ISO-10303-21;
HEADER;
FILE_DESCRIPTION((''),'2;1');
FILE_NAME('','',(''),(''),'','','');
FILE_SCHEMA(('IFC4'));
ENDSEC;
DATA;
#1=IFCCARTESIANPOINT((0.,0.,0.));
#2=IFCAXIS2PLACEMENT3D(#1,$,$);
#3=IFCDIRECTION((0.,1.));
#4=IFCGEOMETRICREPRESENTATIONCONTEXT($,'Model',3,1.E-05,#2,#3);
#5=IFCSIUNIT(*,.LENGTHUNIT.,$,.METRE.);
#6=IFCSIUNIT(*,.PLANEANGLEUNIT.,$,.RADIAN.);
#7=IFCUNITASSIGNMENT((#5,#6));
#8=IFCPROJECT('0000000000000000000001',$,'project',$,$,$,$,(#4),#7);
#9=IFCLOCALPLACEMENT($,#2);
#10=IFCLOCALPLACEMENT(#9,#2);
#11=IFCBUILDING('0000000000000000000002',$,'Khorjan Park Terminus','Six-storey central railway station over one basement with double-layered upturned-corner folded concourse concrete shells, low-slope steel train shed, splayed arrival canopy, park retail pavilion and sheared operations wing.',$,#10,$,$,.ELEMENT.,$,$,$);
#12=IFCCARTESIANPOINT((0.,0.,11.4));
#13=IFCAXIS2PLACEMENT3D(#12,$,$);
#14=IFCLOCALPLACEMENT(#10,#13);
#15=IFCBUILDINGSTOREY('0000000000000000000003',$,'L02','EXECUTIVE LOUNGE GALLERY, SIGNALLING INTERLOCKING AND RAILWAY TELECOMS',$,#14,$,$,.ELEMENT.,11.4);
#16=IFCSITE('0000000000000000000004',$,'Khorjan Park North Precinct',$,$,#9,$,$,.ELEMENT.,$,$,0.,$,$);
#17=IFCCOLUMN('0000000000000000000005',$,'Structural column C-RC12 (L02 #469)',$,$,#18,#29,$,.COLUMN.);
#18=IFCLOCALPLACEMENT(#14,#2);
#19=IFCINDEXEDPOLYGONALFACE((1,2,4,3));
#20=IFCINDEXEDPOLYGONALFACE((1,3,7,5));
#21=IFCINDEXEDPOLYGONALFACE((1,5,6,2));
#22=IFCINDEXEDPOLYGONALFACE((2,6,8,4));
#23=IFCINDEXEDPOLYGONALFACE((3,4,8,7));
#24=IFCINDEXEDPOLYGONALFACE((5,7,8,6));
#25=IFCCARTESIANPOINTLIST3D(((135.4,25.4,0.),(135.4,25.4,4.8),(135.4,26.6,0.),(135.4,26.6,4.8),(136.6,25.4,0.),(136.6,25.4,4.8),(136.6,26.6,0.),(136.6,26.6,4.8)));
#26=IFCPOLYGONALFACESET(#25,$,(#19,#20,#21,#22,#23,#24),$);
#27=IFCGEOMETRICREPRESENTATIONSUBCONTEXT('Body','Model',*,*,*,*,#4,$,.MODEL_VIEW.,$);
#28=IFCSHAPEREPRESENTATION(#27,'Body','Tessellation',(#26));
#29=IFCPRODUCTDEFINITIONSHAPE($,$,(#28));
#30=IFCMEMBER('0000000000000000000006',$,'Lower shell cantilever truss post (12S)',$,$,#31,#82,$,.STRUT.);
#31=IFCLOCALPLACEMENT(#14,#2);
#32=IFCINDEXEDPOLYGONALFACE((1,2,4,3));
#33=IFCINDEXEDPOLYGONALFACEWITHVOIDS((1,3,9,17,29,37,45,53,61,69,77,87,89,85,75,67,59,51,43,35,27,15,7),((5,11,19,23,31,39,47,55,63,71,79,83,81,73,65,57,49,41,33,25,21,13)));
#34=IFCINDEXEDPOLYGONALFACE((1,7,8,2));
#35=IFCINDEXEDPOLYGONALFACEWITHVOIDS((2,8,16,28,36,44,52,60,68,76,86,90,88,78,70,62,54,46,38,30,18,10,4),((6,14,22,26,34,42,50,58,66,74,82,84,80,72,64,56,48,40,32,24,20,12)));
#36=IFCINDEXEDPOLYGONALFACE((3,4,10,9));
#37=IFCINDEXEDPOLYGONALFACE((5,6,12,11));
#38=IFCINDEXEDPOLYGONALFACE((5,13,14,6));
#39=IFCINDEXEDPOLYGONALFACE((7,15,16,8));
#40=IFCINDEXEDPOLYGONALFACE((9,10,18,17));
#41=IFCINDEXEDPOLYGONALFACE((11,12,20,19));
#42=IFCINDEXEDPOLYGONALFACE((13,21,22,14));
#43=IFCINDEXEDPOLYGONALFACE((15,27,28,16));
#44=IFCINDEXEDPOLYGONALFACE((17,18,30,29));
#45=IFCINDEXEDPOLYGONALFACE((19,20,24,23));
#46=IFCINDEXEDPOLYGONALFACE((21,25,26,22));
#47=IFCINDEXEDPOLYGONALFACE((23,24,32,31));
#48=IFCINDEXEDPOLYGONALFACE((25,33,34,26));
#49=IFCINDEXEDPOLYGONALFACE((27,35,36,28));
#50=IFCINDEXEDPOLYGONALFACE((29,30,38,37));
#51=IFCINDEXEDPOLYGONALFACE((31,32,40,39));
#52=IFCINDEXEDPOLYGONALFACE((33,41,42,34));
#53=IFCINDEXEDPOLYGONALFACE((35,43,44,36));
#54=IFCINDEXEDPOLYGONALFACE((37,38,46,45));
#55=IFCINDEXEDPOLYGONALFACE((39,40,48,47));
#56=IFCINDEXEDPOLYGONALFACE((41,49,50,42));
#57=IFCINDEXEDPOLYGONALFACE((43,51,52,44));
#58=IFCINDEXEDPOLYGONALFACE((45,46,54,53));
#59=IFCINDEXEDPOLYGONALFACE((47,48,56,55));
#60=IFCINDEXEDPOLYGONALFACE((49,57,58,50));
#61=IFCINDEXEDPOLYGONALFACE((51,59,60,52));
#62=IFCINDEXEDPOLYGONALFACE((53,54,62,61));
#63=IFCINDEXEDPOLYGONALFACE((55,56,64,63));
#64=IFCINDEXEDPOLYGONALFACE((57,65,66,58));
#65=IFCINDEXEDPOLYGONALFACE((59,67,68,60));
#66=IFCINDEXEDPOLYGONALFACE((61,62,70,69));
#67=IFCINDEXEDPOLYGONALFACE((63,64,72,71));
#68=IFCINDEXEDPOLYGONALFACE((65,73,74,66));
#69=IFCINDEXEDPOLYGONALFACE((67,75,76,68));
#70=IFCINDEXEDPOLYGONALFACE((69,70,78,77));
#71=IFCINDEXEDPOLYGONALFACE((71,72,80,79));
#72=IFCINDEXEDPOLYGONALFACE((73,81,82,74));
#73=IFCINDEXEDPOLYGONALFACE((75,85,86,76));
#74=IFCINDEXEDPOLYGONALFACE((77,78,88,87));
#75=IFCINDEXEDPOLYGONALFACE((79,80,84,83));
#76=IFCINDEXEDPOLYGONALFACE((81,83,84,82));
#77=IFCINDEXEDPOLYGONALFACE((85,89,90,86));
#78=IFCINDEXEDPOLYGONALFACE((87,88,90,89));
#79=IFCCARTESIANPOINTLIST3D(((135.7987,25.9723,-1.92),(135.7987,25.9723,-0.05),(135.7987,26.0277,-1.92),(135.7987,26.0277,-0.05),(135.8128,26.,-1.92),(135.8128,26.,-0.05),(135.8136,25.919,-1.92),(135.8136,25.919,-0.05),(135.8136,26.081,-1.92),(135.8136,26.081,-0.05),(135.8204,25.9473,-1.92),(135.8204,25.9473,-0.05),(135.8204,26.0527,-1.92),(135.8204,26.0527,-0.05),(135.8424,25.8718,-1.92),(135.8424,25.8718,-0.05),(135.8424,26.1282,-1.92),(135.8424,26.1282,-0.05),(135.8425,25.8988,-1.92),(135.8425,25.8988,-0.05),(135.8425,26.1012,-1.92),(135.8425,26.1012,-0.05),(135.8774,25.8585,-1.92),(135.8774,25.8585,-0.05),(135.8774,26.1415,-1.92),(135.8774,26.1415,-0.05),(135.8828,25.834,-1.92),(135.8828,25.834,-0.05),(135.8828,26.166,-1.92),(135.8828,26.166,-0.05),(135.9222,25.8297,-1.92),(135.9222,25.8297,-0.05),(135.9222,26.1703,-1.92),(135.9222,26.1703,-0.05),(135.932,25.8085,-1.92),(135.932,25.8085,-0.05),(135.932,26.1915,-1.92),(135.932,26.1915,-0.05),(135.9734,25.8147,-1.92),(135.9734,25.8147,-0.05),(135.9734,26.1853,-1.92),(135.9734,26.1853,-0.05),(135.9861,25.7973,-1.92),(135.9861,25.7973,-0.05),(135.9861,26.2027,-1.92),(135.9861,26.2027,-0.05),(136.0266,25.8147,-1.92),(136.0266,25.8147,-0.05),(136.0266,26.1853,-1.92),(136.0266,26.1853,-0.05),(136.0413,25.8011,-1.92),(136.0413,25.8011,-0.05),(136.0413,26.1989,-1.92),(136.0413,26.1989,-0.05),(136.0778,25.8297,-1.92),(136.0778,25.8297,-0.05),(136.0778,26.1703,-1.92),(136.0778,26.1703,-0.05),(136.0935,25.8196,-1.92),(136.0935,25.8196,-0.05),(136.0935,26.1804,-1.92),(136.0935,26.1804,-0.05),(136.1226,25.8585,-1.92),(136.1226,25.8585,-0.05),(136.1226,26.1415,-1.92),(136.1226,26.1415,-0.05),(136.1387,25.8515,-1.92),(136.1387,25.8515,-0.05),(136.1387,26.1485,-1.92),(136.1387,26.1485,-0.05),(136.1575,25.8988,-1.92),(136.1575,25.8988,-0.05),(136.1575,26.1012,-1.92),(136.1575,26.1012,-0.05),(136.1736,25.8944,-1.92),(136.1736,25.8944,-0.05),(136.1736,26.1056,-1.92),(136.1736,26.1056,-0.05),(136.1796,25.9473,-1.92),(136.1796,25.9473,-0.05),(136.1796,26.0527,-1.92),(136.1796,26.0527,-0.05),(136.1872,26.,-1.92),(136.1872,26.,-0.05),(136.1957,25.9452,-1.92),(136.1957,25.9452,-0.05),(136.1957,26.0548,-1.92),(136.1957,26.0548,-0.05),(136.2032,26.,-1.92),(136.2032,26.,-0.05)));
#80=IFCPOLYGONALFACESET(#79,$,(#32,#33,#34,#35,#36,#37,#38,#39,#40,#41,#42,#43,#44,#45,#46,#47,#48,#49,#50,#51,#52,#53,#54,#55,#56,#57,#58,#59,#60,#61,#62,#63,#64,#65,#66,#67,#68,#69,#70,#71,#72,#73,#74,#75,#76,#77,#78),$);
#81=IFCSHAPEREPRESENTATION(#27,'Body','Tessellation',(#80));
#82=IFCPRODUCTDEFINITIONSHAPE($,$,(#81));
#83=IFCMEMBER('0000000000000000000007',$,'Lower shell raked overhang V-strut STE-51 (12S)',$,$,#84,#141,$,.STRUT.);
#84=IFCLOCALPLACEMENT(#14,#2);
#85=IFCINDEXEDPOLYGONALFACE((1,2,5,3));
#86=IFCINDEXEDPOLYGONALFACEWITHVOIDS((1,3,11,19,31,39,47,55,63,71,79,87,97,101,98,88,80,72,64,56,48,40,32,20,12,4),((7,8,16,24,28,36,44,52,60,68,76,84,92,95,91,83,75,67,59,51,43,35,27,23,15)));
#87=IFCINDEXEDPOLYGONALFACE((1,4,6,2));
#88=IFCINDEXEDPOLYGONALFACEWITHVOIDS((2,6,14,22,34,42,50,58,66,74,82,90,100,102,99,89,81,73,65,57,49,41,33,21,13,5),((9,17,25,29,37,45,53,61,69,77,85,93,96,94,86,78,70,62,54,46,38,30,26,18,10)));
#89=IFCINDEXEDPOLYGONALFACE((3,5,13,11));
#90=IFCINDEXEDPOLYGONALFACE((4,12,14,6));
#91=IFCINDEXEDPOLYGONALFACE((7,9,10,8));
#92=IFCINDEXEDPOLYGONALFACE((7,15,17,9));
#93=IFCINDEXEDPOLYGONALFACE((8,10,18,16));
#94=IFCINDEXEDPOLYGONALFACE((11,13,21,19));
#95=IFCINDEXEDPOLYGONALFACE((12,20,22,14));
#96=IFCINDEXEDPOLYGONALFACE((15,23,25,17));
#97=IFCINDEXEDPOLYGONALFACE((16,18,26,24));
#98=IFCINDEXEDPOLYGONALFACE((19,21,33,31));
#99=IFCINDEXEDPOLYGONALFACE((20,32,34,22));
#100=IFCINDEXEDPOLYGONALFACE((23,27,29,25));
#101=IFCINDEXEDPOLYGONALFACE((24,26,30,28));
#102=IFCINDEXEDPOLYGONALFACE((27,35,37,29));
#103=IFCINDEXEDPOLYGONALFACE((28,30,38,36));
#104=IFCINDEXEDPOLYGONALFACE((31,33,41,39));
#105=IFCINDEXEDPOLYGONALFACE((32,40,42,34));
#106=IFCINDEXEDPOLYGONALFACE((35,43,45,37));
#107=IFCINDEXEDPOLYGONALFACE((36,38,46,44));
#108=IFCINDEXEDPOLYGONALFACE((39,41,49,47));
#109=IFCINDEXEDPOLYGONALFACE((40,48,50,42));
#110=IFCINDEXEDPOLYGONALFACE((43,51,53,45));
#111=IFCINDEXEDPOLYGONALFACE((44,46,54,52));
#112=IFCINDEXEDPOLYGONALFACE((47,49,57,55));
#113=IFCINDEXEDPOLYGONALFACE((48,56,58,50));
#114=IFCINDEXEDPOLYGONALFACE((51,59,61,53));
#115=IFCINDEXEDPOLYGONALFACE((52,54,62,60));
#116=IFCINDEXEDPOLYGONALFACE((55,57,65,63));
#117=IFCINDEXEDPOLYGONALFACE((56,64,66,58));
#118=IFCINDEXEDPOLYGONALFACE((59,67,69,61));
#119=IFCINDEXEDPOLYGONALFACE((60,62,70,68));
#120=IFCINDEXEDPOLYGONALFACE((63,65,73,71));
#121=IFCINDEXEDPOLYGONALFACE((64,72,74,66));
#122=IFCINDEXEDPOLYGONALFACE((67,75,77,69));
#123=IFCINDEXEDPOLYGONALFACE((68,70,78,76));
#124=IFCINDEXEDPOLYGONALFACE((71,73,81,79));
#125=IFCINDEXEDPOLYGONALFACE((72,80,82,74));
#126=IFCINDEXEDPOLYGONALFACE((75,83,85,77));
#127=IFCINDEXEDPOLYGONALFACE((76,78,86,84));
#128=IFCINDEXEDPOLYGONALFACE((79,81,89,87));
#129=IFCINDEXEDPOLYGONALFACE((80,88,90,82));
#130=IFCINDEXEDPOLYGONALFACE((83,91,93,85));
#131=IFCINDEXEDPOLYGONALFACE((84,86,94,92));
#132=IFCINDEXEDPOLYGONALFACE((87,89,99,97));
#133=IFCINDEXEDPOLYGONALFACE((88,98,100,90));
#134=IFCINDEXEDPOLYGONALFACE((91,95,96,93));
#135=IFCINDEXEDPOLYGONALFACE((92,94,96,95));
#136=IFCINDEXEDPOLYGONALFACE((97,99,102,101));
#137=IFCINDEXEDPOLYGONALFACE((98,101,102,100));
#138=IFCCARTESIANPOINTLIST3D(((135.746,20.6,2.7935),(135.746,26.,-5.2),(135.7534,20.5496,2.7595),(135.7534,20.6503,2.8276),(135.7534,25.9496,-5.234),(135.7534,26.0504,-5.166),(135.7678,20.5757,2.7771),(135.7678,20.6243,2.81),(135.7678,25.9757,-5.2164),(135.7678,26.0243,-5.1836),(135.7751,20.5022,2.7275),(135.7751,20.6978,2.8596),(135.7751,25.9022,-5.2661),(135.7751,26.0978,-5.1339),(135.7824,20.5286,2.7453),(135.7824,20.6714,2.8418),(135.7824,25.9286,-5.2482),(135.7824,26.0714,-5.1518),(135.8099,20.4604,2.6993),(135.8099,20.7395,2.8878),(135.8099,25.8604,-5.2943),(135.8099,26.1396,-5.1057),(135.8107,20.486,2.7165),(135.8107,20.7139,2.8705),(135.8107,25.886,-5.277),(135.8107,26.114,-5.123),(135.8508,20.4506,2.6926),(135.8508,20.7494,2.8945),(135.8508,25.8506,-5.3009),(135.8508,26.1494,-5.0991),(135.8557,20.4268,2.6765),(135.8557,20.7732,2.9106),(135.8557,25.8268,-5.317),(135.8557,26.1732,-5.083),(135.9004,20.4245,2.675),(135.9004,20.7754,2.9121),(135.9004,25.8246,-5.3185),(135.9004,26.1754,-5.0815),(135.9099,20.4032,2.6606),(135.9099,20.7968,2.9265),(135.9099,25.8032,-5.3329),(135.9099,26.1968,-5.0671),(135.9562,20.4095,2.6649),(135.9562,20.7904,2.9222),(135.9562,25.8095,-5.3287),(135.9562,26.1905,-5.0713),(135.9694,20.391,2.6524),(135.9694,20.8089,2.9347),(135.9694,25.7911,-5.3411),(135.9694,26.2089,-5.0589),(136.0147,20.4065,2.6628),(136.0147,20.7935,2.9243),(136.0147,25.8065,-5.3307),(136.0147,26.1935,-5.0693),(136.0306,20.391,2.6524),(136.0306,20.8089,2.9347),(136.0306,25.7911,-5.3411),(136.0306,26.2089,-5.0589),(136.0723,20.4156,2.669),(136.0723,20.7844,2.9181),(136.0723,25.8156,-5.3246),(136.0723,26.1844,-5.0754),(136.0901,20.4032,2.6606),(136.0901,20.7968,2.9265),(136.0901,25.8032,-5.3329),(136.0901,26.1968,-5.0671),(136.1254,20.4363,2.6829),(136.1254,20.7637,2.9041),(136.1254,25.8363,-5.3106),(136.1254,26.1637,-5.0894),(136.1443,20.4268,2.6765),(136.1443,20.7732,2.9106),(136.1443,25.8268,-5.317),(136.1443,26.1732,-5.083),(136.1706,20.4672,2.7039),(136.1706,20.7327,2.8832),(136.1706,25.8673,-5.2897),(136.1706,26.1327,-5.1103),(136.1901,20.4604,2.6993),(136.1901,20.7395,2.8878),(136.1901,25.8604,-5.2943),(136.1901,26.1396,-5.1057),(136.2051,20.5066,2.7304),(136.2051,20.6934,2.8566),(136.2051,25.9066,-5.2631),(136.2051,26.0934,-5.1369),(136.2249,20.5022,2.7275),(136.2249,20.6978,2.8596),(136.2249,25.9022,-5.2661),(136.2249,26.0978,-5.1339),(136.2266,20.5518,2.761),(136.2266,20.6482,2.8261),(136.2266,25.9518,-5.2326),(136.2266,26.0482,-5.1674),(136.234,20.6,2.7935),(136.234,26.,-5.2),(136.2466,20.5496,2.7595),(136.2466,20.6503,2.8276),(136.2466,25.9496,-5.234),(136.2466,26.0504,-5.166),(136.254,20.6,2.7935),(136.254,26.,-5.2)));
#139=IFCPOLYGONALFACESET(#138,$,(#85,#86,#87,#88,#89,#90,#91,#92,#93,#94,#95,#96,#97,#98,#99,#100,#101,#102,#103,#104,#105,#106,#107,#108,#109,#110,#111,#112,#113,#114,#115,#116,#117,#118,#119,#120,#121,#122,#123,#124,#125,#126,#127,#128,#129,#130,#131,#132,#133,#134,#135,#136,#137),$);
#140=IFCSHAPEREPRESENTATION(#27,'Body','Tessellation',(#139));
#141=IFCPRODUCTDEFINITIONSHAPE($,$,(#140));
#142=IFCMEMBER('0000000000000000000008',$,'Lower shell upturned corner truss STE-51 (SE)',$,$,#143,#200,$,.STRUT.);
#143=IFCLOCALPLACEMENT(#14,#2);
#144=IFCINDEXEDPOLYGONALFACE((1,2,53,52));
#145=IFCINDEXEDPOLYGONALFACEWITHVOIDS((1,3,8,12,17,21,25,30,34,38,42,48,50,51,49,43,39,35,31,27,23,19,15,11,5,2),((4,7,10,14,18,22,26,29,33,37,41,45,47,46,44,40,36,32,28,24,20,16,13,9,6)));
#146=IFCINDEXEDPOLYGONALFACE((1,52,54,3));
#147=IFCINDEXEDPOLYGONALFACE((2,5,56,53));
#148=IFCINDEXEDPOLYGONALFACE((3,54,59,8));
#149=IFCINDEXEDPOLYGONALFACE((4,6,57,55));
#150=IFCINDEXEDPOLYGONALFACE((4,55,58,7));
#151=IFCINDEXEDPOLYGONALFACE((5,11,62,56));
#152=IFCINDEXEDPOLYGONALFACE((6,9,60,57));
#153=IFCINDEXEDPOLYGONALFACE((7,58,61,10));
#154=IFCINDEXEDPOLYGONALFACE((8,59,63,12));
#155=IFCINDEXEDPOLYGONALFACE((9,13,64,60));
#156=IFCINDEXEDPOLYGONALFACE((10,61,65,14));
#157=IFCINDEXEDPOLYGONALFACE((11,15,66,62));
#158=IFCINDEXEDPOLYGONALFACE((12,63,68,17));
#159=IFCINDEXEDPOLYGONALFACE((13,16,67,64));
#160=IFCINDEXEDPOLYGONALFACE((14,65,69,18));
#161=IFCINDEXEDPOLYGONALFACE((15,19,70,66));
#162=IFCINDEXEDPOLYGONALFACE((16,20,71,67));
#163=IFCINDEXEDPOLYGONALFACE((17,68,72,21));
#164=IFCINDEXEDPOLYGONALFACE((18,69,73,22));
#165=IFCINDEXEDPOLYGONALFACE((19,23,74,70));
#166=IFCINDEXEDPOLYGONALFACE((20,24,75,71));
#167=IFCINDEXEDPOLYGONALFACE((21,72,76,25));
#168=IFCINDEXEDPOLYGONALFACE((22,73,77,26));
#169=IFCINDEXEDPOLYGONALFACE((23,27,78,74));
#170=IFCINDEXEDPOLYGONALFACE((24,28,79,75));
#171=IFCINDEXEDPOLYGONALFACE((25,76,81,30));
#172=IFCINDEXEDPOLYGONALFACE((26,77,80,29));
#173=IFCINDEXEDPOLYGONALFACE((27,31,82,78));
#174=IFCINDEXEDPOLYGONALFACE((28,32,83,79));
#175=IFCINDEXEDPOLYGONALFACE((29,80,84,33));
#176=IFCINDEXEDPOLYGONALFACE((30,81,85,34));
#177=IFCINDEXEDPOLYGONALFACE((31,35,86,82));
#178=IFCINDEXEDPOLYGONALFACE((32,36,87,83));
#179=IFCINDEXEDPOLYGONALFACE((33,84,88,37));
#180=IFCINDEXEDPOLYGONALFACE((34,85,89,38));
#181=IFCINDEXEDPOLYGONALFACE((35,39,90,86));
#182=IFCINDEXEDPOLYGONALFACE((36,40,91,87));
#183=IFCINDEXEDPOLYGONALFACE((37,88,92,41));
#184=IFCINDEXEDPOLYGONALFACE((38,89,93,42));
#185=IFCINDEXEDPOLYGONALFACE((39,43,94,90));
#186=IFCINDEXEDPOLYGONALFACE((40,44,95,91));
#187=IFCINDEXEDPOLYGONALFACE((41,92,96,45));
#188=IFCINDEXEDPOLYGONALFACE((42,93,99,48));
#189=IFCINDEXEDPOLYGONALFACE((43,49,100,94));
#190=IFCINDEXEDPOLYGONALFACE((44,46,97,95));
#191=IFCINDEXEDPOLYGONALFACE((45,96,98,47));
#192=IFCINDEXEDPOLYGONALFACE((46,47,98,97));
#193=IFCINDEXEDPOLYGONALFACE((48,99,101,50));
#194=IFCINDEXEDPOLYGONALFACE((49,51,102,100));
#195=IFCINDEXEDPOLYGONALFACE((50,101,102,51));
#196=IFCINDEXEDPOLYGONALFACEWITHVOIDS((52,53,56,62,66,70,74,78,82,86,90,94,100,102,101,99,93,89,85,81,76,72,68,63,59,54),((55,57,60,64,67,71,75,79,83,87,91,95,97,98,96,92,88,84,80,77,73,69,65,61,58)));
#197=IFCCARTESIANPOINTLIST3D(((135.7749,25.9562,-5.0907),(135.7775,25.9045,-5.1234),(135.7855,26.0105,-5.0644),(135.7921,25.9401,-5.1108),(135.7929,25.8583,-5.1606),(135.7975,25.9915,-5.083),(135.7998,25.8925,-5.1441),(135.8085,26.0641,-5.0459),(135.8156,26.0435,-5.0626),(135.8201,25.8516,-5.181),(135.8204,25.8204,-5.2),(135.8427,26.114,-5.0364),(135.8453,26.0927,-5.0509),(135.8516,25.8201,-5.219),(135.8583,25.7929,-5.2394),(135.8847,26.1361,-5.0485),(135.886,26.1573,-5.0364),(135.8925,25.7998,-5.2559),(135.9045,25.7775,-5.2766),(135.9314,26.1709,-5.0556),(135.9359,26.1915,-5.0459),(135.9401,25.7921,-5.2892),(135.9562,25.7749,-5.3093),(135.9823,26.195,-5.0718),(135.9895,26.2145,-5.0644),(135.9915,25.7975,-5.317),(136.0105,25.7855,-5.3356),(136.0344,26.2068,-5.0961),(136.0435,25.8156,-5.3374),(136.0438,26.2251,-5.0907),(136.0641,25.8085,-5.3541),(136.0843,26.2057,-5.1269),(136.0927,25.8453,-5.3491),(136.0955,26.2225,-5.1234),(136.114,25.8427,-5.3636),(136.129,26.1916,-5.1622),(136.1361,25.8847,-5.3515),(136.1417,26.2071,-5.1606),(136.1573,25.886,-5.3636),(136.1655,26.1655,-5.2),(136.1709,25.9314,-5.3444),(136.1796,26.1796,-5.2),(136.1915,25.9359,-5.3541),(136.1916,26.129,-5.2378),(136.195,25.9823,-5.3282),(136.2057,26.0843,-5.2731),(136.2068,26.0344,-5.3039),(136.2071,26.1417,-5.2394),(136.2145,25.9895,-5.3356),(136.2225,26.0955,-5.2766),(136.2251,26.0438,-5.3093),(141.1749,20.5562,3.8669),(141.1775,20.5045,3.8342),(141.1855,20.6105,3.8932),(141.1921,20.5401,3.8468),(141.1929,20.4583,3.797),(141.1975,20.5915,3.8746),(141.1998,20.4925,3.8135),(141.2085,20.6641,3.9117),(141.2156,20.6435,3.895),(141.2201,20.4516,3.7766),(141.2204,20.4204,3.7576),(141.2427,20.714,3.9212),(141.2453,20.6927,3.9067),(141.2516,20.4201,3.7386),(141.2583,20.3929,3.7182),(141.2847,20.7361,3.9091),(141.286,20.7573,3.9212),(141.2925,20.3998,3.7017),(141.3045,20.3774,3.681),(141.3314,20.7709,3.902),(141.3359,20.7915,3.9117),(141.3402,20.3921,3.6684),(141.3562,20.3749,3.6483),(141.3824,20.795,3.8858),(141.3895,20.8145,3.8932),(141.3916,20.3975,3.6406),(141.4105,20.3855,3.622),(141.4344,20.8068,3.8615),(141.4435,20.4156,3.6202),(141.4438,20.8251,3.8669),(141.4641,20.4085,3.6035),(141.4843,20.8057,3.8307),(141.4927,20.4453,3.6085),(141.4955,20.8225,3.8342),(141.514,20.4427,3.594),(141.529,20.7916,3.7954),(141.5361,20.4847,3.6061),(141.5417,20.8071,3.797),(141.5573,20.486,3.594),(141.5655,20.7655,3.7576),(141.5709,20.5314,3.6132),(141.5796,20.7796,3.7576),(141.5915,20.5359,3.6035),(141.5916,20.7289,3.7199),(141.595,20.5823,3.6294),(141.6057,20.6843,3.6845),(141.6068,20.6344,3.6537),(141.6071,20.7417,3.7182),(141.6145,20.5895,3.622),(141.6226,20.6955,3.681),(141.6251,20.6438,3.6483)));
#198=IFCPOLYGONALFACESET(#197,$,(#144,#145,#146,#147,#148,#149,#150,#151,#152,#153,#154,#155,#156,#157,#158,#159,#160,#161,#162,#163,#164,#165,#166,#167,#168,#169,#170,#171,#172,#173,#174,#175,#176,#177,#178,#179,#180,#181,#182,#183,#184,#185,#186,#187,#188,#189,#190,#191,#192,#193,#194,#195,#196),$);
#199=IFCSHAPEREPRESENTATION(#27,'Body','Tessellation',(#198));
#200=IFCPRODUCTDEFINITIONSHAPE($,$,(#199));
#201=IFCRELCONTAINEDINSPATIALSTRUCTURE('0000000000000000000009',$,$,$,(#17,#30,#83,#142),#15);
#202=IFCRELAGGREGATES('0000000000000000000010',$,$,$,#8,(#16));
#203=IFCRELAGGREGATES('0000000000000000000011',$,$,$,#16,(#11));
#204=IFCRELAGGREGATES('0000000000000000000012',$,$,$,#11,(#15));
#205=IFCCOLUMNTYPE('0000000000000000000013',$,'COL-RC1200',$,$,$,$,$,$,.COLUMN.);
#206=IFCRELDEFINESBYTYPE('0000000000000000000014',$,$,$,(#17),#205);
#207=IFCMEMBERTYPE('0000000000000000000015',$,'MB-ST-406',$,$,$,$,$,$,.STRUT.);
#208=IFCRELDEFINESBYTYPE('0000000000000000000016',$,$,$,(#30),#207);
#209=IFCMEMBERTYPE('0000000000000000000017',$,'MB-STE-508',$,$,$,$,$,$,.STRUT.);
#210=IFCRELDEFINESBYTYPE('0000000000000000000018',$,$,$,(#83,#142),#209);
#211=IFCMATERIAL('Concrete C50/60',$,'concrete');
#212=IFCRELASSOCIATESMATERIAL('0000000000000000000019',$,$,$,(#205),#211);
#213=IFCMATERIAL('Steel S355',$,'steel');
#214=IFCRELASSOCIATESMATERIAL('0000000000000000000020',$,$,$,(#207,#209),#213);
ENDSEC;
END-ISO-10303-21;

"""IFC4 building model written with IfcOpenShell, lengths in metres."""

from ifc_helpers import new_model, si_unit, direction, frame, origin, origin_2d, place, context, subcontext, project, spatial, rectangle, hollow_circle, extrude, material, material_profile, profile_set, type_object, element, save


model = new_model("IFC4")

# Units and contexts
model_context = context("Model", 3, precision=1e-05, world=origin(), true_north=direction((0.0, 1.0)))
body_context = subcontext(model_context, "Body", "Model", "MODEL_VIEW")
ifc_project = project(units=[si_unit("LENGTHUNIT", "METRE"), si_unit("PLANEANGLEUNIT", "RADIAN")], contexts=[model_context])

# Site, building, storey
site_placement = place(None, origin())
site = spatial("IfcSite", under=ifc_project, at=site_placement, Name="Khorjan Park North Precinct", CompositionType="ELEMENT", RefElevation=0.0)
building_placement = place(site_placement, origin())
building = spatial("IfcBuilding", under=site, at=building_placement, Name="Khorjan Park Terminus", Description="Six-storey central railway station over one basement with double-layered upturned-corner folded concourse concrete shells, low-slope steel train shed, splayed arrival canopy, park retail pavilion and sheared operations wing.", CompositionType="ELEMENT")
storey_placement = place(building_placement, frame((0.0, 0.0, 11.4)))
storey = spatial("IfcBuildingStorey", under=building, at=storey_placement, Name="L02", Description="EXECUTIVE LOUNGE GALLERY, SIGNALLING INTERLOCKING AND RAILWAY TELECOMS", CompositionType="ELEMENT", Elevation=11.4)

# Column
ifc_material_1 = material(Name="Concrete C50/60", Category="concrete")
ifc_material_profile_1 = material_profile(ifc_material_1, rectangle(XDim=1.2, YDim=1.2, at=origin_2d()), Name="RC 1200x1200")
ifc_profile_set_1 = profile_set([ifc_material_profile_1], Name="Concrete C50/60")
column_type = type_object("IfcColumnType", Name="COL-RC1200", PredefinedType="COLUMN", material=ifc_profile_set_1)
column_placement = place(storey_placement, frame((136.0, 26.0, 0.0), z_axis=(0.0, 0.0, 1.0), x_axis=(1.0, 0.0, 0.0)))
element("IfcColumn", 1, at=column_placement, inside=storey, type_object=column_type, Name="Structural column C-RC12 (L02 #469)", PredefinedType="COLUMN", context=body_context, shape_type="SweptSolid", body=[
    extrude(rectangle(XDim=1.2, YDim=1.2, at=origin_2d()), origin(), (0.0, 0.0, 1.0), 4.8),
])

# Members
ifc_material_2 = material(Name="Steel S355", Category="steel")
ifc_material_profile_2 = material_profile(ifc_material_2, hollow_circle(Radius=0.2032, WallThickness=0.016, at=origin_2d()), Name="CHS 406.4x16")
ifc_profile_set_2 = profile_set([ifc_material_profile_2], Name="Steel S355")
member_type_1 = type_object("IfcMemberType", Name="MB-ST-406", PredefinedType="STRUT", material=ifc_profile_set_2)
member_1_placement = place(storey_placement, frame((136.0, 26.0, -1.92), z_axis=(0.0, 0.0, 1.0), x_axis=(1.0, 0.0, 0.0)))
element("IfcMember", 2, at=member_1_placement, inside=storey, type_object=member_type_1, Name="Lower shell cantilever truss post (12S)", PredefinedType="STRUT", context=body_context, shape_type="SweptSolid", body=[
    extrude(hollow_circle(Radius=0.2032, WallThickness=0.016, at=origin_2d()), origin(), (0.0, 0.0, 1.0), 1.87),
])
ifc_material_profile_3 = material_profile(ifc_material_2, hollow_circle(Radius=0.254, WallThickness=0.02, at=origin_2d()), Name="CHS 508x20")
ifc_profile_set_3 = profile_set([ifc_material_profile_3], Name="Steel S355")
member_type_2 = type_object("IfcMemberType", Name="MB-STE-508", PredefinedType="STRUT", material=ifc_profile_set_3)
member_2_placement = place(storey_placement, frame((136.0, 26.0, -5.2), z_axis=(0.0, -0.559785, 0.828638), x_axis=(1.0, 0.0, 0.0)))
element("IfcMember", 3, at=member_2_placement, inside=storey, type_object=member_type_2, Name="Lower shell raked overhang V-strut STE-51 (12S)", PredefinedType="STRUT", context=body_context, shape_type="SweptSolid", body=[
    extrude(hollow_circle(Radius=0.254, WallThickness=0.02, at=origin_2d()), origin(), (0.0, 0.0, 1.0), 9.6466),
])
member_3_placement = place(storey_placement, frame((136.0, 26.0, -5.2), z_axis=(0.458751, -0.458751, 0.760983), x_axis=(0.707107, 0.707107, 0.0)))
element("IfcMember", 4, at=member_3_placement, inside=storey, type_object=member_type_2, Name="Lower shell upturned corner truss STE-51 (SE)", PredefinedType="STRUT", context=body_context, shape_type="SweptSolid", body=[
    extrude(hollow_circle(Radius=0.254, WallThickness=0.02, at=origin_2d()), origin(), (0.0, 0.0, 1.0), 11.7711),
])

save(model, "model.ifc")
